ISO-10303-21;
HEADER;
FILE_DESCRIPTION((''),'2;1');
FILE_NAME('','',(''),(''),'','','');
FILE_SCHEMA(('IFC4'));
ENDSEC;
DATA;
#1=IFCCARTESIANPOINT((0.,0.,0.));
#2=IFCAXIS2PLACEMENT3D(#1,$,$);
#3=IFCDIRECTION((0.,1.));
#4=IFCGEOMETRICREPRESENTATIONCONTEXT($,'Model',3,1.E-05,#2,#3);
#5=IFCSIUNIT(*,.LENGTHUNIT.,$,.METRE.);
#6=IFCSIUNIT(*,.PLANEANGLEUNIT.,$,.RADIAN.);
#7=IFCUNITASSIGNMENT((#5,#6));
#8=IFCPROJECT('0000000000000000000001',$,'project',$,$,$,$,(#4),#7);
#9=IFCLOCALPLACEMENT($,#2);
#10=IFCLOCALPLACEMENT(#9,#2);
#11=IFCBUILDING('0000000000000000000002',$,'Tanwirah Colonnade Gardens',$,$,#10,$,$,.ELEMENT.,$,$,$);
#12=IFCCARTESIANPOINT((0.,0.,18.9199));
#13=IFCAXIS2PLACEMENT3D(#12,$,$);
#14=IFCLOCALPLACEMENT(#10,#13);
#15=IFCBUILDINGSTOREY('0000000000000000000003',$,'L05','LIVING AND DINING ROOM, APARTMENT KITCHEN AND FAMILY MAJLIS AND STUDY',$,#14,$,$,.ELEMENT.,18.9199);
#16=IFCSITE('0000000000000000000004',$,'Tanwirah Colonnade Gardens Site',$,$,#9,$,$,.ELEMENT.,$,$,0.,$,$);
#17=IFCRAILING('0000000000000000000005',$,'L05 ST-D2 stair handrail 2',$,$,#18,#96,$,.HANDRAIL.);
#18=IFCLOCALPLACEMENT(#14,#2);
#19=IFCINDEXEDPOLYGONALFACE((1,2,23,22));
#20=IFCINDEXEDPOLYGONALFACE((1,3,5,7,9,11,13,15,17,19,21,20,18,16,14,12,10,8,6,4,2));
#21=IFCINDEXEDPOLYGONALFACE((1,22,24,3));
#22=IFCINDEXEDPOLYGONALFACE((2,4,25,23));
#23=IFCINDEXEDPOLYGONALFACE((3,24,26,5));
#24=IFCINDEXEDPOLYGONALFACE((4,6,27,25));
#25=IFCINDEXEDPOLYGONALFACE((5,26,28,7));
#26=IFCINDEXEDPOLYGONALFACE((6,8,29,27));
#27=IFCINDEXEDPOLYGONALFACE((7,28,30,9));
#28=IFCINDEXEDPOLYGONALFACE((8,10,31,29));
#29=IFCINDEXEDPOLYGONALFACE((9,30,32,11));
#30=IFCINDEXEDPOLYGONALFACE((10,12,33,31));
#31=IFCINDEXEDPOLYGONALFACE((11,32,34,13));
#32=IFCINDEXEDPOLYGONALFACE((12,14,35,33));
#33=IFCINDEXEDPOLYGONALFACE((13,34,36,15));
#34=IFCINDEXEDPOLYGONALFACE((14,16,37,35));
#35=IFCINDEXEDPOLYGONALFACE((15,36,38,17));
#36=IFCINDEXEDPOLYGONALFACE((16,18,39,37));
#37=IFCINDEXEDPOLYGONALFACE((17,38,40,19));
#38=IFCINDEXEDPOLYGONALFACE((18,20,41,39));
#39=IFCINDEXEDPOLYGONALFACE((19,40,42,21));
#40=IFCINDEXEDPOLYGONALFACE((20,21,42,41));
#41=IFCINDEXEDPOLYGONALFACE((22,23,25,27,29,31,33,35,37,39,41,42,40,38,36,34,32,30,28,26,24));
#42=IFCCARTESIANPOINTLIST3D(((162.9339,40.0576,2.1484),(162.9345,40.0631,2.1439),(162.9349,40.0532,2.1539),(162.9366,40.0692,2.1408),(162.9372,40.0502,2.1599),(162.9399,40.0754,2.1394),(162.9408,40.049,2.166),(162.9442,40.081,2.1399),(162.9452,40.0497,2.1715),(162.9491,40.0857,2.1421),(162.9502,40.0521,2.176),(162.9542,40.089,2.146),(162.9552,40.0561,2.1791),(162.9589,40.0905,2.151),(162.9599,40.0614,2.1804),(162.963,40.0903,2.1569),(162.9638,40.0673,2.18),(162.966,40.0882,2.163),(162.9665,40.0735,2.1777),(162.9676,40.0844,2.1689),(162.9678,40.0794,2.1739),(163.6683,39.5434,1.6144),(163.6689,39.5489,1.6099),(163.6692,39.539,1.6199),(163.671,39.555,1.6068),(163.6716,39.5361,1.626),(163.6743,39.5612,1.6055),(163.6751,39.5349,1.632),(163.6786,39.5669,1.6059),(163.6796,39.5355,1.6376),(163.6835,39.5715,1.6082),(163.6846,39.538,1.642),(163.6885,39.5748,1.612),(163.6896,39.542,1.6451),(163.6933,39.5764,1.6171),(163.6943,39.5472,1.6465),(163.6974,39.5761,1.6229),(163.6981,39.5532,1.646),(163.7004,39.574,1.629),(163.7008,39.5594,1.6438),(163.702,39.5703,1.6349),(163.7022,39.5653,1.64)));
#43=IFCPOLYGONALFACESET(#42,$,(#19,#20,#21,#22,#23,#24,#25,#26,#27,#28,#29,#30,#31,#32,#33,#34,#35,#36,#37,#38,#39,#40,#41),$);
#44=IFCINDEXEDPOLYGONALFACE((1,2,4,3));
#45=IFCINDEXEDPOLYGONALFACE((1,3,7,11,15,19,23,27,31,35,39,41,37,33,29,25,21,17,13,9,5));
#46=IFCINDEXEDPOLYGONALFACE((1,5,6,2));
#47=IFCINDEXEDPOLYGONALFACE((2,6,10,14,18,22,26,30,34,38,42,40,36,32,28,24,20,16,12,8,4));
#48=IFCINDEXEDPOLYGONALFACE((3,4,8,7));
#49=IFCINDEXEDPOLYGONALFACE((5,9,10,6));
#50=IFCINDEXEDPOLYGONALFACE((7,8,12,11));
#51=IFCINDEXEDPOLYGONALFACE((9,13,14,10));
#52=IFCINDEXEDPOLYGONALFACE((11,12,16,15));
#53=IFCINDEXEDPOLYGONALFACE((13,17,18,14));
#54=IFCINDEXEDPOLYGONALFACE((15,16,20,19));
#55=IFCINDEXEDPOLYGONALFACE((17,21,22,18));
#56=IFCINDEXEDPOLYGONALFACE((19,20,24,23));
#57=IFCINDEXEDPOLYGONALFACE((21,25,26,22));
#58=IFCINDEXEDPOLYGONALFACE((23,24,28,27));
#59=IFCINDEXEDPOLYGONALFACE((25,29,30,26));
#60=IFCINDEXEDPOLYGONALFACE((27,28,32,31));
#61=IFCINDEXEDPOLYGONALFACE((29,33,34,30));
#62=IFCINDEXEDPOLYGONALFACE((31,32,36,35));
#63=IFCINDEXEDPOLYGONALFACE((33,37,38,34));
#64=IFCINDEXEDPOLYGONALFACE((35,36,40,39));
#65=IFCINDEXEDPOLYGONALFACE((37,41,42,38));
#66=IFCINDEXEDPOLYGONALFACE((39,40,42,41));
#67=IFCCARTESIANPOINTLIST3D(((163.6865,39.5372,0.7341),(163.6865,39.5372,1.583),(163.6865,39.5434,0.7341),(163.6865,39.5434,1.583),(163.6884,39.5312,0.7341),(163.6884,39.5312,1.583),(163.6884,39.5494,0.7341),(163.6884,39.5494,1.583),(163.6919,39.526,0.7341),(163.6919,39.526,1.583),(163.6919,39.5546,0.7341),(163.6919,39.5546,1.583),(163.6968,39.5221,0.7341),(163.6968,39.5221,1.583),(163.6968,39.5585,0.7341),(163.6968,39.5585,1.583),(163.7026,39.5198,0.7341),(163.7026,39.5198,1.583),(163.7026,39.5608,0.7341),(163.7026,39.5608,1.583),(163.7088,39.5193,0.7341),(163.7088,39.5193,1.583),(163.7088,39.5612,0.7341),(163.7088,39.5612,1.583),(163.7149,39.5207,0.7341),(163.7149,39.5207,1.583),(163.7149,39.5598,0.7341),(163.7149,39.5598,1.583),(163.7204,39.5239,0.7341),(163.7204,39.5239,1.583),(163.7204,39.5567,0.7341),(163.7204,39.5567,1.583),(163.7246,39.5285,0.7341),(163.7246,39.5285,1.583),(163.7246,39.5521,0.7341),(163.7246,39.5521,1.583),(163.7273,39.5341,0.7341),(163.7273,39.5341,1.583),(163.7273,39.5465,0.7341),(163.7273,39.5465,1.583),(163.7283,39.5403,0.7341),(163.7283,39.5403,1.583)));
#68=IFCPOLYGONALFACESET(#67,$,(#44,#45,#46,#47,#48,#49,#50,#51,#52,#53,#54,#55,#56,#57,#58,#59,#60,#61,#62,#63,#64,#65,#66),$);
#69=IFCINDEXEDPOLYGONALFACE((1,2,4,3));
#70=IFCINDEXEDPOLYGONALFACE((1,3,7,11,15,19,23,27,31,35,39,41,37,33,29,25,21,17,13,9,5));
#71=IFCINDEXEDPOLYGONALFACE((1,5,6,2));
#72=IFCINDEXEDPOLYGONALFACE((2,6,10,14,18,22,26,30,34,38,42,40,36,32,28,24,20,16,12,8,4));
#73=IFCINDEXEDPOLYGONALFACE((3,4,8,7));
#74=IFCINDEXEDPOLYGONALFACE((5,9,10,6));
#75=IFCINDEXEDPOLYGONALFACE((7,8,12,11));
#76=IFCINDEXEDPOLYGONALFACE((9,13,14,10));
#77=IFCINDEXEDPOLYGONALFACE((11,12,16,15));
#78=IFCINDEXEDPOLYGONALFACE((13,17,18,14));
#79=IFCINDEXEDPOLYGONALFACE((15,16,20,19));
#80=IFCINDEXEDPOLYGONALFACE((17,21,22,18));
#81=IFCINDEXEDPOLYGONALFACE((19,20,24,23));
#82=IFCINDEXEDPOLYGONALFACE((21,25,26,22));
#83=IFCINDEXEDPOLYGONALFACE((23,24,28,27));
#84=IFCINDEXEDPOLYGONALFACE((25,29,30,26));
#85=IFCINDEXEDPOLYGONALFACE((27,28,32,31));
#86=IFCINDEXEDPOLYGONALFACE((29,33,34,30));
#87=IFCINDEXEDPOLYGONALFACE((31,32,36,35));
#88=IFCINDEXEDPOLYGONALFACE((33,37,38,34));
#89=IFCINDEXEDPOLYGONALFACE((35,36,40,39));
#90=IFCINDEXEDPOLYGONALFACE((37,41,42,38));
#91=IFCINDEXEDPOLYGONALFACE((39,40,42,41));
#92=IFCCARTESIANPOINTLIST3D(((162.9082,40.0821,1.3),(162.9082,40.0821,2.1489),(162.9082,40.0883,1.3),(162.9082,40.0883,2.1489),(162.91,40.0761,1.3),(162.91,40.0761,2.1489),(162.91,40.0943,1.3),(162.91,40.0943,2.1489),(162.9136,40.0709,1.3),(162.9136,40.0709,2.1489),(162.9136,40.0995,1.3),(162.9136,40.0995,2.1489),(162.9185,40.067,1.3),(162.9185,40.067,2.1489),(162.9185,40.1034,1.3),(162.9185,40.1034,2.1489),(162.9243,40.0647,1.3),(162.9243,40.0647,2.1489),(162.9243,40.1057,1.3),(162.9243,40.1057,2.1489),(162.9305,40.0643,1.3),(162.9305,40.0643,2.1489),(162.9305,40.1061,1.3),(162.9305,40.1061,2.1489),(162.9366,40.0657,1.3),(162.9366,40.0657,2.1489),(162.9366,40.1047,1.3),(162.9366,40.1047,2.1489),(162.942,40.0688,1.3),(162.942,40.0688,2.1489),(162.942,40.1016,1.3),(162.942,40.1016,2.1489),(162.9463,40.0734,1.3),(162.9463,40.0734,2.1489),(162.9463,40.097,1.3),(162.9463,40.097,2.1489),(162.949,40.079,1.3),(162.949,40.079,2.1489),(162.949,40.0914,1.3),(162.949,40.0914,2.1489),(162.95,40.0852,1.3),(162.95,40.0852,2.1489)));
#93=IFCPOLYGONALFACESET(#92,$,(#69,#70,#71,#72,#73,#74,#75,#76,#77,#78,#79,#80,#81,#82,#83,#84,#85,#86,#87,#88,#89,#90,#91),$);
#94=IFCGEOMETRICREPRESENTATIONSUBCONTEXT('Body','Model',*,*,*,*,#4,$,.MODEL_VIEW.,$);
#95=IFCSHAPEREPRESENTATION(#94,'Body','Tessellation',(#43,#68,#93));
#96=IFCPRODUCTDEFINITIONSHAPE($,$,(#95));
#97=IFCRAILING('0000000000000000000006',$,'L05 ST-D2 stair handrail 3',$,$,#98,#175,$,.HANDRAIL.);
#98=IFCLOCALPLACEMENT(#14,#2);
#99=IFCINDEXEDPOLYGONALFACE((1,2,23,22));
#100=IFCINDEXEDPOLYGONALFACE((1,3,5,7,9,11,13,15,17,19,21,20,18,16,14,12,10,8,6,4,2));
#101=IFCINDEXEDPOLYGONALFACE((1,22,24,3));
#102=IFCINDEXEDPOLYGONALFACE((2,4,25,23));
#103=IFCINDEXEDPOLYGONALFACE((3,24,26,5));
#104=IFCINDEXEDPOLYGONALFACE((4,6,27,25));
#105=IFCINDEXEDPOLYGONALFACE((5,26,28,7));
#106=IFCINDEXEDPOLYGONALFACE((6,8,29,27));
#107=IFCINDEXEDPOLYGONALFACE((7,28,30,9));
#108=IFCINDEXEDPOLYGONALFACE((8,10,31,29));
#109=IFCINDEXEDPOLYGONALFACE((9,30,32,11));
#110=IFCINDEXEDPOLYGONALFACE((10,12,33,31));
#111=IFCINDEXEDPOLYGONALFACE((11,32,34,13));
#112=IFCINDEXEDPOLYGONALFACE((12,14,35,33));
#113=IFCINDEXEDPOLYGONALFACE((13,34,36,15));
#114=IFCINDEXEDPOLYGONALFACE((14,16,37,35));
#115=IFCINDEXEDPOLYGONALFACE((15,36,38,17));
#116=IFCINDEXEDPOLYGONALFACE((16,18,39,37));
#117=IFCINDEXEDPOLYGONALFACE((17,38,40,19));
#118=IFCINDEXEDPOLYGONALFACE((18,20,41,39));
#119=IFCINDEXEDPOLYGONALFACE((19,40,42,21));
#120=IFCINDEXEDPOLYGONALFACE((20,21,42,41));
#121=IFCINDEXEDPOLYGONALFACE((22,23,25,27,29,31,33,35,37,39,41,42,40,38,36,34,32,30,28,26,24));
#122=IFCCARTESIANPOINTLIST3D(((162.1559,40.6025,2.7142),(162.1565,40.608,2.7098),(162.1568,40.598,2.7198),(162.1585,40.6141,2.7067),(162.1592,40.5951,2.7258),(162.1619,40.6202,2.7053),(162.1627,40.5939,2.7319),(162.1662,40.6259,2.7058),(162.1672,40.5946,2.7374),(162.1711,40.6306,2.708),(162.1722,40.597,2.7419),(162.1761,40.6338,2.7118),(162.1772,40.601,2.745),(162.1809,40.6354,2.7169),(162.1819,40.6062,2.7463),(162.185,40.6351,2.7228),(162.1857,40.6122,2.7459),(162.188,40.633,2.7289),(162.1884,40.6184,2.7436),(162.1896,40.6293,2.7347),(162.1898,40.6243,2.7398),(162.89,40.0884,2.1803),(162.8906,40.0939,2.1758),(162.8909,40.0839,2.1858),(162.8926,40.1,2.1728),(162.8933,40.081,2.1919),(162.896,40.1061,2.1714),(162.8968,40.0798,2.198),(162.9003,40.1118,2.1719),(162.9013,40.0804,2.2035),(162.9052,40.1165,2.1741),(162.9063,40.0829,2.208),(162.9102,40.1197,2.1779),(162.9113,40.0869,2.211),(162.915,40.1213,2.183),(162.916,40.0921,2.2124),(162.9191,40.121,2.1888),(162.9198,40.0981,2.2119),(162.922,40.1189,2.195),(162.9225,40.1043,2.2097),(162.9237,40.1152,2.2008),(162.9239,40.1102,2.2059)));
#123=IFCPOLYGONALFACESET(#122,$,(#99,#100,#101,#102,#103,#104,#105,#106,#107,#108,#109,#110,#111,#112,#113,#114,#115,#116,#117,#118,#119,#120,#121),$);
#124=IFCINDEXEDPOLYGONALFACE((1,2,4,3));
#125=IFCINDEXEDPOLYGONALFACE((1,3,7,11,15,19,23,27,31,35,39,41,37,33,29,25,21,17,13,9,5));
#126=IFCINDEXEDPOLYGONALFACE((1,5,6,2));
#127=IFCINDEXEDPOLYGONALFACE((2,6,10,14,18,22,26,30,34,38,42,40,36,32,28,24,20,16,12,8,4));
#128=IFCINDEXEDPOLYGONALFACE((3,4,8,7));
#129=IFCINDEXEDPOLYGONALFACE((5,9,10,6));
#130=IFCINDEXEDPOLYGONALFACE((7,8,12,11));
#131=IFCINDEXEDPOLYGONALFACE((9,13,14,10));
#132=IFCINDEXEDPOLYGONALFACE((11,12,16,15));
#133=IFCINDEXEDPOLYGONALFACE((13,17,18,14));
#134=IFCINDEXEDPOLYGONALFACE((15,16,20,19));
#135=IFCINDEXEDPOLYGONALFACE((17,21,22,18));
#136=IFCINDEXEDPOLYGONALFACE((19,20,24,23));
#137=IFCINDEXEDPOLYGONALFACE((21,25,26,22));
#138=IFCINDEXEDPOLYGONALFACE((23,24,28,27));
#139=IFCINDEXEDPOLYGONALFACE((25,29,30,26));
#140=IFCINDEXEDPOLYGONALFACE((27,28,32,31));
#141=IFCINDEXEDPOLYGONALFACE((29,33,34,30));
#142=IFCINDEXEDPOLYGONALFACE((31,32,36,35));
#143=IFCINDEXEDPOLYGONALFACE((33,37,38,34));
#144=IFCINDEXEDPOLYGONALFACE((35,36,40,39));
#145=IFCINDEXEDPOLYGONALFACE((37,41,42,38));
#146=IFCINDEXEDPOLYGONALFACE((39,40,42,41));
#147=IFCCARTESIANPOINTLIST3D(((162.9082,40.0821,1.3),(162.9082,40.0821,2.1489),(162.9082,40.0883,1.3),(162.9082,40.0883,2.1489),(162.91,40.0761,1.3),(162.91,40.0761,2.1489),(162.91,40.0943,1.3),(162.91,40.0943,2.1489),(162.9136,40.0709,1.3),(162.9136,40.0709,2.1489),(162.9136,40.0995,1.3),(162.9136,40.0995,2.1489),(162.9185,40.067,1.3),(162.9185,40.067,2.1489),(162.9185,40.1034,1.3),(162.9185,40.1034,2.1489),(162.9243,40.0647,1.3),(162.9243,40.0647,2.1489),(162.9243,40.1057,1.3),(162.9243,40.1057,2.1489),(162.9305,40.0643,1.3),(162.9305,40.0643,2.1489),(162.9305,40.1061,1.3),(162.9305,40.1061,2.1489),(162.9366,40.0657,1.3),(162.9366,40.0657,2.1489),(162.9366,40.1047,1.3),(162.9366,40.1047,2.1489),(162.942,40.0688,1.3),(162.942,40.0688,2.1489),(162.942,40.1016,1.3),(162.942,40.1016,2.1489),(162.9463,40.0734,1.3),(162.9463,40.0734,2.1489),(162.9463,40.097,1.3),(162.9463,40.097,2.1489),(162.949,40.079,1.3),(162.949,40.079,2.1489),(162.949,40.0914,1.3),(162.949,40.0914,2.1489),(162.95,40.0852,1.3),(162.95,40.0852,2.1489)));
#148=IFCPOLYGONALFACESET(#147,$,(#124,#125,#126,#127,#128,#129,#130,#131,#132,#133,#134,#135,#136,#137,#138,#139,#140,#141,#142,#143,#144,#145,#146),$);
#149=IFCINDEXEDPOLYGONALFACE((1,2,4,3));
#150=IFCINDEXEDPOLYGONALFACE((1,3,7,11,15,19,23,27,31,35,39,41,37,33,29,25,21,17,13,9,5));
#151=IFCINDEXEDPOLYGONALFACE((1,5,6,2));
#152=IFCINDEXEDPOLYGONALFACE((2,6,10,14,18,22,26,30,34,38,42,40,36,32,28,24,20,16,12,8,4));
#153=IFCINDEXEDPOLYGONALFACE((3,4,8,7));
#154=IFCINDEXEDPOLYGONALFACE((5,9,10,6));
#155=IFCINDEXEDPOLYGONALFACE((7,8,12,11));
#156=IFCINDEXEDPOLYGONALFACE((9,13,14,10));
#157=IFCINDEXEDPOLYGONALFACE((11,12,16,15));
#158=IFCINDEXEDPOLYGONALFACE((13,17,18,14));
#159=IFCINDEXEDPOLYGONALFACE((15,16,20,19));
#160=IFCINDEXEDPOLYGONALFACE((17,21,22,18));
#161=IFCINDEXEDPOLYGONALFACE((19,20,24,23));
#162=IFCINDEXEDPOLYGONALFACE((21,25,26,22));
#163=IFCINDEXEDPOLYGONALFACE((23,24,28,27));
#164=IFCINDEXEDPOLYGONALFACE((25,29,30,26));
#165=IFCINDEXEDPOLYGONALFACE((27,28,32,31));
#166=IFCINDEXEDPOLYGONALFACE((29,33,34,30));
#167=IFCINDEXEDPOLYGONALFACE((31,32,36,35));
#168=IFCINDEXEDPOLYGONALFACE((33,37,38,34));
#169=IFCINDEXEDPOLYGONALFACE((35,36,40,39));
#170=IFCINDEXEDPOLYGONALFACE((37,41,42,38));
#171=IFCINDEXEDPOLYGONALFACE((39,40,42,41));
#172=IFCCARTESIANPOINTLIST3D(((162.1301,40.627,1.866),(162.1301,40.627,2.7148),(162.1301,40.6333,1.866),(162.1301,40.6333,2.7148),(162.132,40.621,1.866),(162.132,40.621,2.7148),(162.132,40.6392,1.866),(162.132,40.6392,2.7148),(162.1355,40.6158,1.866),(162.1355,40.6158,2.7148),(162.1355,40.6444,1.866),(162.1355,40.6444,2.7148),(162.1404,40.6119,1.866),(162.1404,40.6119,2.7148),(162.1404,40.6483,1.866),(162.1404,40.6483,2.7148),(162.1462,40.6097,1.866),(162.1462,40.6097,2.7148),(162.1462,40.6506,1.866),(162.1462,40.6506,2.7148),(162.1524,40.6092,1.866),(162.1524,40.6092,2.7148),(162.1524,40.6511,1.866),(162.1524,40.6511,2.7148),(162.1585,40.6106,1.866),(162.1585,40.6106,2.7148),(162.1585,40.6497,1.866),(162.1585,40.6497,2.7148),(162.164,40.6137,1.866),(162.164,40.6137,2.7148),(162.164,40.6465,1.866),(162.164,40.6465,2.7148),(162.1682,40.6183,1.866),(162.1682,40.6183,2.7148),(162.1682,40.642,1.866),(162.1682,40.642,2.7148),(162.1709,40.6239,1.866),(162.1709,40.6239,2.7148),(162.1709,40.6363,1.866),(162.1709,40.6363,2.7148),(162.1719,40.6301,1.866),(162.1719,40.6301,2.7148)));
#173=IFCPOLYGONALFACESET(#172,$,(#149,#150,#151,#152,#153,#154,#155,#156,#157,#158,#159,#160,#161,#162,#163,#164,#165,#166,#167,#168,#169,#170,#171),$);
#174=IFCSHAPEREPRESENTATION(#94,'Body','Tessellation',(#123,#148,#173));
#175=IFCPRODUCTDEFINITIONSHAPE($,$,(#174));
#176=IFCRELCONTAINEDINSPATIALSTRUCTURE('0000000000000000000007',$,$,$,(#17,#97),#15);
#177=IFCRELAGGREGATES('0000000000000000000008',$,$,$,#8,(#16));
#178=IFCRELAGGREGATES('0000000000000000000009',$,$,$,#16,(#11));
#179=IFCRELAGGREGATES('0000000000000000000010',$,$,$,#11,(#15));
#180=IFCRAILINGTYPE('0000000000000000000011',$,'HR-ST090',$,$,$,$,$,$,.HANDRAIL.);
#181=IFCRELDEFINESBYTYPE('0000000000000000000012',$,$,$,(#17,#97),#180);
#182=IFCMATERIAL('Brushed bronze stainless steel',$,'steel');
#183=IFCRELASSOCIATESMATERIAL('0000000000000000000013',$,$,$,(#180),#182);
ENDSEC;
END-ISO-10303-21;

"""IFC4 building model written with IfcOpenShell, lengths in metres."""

from ifc_helpers import new_model, si_unit, direction, frame, origin, origin_2d, place, context, subcontext, project, spatial, circle, extrude, material, type_object, element, save


model = new_model("IFC4")

# Units and contexts
model_context = context("Model", 3, precision=1e-05, world=origin(), true_north=direction((0.0, 1.0)))
body_context = subcontext(model_context, "Body", "Model", "MODEL_VIEW")
ifc_project = project(units=[si_unit("LENGTHUNIT", "METRE"), si_unit("PLANEANGLEUNIT", "RADIAN")], contexts=[model_context])

# Site, building, storey
site_placement = place(None, origin())
site = spatial("IfcSite", under=ifc_project, at=site_placement, Name="Tanwirah Colonnade Gardens Site", CompositionType="ELEMENT", RefElevation=0.0)
building_placement = place(site_placement, origin())
building = spatial("IfcBuilding", under=site, at=building_placement, Name="Tanwirah Colonnade Gardens", CompositionType="ELEMENT")
storey_placement = place(building_placement, frame((0.0, 0.0, 18.9199)))
storey = spatial("IfcBuildingStorey", under=building, at=storey_placement, Name="L05", Description="LIVING AND DINING ROOM, APARTMENT KITCHEN AND FAMILY MAJLIS AND STUDY", CompositionType="ELEMENT", Elevation=18.9199)

# Railings
ifc_material_1 = material(Name="Brushed bronze stainless steel", Category="steel")
railing_type_1 = type_object("IfcRailingType", Name="HR-ST090", PredefinedType="HANDRAIL", material=ifc_material_1)
railing_1_placement = place(storey_placement, frame((163.7073, 39.5403, 0.7341)))
element("IfcRailing", 1, at=railing_1_placement, inside=storey, type_object=railing_type_1, Name="L05 ST-D2 stair handrail 2", PredefinedType="HANDRAIL", context=body_context, shape_type="SweptSolid", body=[
    extrude(circle(Radius=0.0239, at=origin_2d()), frame((-0.022, 0.0154, 0.8918), z_axis=(-0.703797, 0.492747, 0.511732), x_axis=(-0.573531, -0.819184, 0.0)), (0.0, 0.0, 1.0), 1.0435),
    extrude(circle(Radius=0.021, at=origin_2d()), origin(), (0.0, 0.0, 1.0), 0.8489),
    extrude(circle(Radius=0.021, at=origin_2d()), frame((-0.7783, 0.5449, 0.5659)), (0.0, 0.0, 1.0), 0.8489),
])
railing_2_placement = place(storey_placement, frame((162.929, 40.0852, 1.3)))
element("IfcRailing", 2, at=railing_2_placement, inside=storey, type_object=railing_type_1, Name="L05 ST-D2 stair handrail 3", PredefinedType="HANDRAIL", context=body_context, shape_type="SweptSolid", body=[
    extrude(circle(Radius=0.0239, at=origin_2d()), frame((-0.022, 0.0154, 0.8918), z_axis=(-0.703686, 0.492823, 0.511812), x_axis=(-0.573652, -0.819099, 0.0)), (0.0, 0.0, 1.0), 1.0432),
    extrude(circle(Radius=0.021, at=origin_2d()), origin(), (0.0, 0.0, 1.0), 0.8489),
    extrude(circle(Radius=0.021, at=origin_2d()), frame((-0.7781, 0.5449, 0.5659)), (0.0, 0.0, 1.0), 0.8489),
])

save(model, "model.ifc")
